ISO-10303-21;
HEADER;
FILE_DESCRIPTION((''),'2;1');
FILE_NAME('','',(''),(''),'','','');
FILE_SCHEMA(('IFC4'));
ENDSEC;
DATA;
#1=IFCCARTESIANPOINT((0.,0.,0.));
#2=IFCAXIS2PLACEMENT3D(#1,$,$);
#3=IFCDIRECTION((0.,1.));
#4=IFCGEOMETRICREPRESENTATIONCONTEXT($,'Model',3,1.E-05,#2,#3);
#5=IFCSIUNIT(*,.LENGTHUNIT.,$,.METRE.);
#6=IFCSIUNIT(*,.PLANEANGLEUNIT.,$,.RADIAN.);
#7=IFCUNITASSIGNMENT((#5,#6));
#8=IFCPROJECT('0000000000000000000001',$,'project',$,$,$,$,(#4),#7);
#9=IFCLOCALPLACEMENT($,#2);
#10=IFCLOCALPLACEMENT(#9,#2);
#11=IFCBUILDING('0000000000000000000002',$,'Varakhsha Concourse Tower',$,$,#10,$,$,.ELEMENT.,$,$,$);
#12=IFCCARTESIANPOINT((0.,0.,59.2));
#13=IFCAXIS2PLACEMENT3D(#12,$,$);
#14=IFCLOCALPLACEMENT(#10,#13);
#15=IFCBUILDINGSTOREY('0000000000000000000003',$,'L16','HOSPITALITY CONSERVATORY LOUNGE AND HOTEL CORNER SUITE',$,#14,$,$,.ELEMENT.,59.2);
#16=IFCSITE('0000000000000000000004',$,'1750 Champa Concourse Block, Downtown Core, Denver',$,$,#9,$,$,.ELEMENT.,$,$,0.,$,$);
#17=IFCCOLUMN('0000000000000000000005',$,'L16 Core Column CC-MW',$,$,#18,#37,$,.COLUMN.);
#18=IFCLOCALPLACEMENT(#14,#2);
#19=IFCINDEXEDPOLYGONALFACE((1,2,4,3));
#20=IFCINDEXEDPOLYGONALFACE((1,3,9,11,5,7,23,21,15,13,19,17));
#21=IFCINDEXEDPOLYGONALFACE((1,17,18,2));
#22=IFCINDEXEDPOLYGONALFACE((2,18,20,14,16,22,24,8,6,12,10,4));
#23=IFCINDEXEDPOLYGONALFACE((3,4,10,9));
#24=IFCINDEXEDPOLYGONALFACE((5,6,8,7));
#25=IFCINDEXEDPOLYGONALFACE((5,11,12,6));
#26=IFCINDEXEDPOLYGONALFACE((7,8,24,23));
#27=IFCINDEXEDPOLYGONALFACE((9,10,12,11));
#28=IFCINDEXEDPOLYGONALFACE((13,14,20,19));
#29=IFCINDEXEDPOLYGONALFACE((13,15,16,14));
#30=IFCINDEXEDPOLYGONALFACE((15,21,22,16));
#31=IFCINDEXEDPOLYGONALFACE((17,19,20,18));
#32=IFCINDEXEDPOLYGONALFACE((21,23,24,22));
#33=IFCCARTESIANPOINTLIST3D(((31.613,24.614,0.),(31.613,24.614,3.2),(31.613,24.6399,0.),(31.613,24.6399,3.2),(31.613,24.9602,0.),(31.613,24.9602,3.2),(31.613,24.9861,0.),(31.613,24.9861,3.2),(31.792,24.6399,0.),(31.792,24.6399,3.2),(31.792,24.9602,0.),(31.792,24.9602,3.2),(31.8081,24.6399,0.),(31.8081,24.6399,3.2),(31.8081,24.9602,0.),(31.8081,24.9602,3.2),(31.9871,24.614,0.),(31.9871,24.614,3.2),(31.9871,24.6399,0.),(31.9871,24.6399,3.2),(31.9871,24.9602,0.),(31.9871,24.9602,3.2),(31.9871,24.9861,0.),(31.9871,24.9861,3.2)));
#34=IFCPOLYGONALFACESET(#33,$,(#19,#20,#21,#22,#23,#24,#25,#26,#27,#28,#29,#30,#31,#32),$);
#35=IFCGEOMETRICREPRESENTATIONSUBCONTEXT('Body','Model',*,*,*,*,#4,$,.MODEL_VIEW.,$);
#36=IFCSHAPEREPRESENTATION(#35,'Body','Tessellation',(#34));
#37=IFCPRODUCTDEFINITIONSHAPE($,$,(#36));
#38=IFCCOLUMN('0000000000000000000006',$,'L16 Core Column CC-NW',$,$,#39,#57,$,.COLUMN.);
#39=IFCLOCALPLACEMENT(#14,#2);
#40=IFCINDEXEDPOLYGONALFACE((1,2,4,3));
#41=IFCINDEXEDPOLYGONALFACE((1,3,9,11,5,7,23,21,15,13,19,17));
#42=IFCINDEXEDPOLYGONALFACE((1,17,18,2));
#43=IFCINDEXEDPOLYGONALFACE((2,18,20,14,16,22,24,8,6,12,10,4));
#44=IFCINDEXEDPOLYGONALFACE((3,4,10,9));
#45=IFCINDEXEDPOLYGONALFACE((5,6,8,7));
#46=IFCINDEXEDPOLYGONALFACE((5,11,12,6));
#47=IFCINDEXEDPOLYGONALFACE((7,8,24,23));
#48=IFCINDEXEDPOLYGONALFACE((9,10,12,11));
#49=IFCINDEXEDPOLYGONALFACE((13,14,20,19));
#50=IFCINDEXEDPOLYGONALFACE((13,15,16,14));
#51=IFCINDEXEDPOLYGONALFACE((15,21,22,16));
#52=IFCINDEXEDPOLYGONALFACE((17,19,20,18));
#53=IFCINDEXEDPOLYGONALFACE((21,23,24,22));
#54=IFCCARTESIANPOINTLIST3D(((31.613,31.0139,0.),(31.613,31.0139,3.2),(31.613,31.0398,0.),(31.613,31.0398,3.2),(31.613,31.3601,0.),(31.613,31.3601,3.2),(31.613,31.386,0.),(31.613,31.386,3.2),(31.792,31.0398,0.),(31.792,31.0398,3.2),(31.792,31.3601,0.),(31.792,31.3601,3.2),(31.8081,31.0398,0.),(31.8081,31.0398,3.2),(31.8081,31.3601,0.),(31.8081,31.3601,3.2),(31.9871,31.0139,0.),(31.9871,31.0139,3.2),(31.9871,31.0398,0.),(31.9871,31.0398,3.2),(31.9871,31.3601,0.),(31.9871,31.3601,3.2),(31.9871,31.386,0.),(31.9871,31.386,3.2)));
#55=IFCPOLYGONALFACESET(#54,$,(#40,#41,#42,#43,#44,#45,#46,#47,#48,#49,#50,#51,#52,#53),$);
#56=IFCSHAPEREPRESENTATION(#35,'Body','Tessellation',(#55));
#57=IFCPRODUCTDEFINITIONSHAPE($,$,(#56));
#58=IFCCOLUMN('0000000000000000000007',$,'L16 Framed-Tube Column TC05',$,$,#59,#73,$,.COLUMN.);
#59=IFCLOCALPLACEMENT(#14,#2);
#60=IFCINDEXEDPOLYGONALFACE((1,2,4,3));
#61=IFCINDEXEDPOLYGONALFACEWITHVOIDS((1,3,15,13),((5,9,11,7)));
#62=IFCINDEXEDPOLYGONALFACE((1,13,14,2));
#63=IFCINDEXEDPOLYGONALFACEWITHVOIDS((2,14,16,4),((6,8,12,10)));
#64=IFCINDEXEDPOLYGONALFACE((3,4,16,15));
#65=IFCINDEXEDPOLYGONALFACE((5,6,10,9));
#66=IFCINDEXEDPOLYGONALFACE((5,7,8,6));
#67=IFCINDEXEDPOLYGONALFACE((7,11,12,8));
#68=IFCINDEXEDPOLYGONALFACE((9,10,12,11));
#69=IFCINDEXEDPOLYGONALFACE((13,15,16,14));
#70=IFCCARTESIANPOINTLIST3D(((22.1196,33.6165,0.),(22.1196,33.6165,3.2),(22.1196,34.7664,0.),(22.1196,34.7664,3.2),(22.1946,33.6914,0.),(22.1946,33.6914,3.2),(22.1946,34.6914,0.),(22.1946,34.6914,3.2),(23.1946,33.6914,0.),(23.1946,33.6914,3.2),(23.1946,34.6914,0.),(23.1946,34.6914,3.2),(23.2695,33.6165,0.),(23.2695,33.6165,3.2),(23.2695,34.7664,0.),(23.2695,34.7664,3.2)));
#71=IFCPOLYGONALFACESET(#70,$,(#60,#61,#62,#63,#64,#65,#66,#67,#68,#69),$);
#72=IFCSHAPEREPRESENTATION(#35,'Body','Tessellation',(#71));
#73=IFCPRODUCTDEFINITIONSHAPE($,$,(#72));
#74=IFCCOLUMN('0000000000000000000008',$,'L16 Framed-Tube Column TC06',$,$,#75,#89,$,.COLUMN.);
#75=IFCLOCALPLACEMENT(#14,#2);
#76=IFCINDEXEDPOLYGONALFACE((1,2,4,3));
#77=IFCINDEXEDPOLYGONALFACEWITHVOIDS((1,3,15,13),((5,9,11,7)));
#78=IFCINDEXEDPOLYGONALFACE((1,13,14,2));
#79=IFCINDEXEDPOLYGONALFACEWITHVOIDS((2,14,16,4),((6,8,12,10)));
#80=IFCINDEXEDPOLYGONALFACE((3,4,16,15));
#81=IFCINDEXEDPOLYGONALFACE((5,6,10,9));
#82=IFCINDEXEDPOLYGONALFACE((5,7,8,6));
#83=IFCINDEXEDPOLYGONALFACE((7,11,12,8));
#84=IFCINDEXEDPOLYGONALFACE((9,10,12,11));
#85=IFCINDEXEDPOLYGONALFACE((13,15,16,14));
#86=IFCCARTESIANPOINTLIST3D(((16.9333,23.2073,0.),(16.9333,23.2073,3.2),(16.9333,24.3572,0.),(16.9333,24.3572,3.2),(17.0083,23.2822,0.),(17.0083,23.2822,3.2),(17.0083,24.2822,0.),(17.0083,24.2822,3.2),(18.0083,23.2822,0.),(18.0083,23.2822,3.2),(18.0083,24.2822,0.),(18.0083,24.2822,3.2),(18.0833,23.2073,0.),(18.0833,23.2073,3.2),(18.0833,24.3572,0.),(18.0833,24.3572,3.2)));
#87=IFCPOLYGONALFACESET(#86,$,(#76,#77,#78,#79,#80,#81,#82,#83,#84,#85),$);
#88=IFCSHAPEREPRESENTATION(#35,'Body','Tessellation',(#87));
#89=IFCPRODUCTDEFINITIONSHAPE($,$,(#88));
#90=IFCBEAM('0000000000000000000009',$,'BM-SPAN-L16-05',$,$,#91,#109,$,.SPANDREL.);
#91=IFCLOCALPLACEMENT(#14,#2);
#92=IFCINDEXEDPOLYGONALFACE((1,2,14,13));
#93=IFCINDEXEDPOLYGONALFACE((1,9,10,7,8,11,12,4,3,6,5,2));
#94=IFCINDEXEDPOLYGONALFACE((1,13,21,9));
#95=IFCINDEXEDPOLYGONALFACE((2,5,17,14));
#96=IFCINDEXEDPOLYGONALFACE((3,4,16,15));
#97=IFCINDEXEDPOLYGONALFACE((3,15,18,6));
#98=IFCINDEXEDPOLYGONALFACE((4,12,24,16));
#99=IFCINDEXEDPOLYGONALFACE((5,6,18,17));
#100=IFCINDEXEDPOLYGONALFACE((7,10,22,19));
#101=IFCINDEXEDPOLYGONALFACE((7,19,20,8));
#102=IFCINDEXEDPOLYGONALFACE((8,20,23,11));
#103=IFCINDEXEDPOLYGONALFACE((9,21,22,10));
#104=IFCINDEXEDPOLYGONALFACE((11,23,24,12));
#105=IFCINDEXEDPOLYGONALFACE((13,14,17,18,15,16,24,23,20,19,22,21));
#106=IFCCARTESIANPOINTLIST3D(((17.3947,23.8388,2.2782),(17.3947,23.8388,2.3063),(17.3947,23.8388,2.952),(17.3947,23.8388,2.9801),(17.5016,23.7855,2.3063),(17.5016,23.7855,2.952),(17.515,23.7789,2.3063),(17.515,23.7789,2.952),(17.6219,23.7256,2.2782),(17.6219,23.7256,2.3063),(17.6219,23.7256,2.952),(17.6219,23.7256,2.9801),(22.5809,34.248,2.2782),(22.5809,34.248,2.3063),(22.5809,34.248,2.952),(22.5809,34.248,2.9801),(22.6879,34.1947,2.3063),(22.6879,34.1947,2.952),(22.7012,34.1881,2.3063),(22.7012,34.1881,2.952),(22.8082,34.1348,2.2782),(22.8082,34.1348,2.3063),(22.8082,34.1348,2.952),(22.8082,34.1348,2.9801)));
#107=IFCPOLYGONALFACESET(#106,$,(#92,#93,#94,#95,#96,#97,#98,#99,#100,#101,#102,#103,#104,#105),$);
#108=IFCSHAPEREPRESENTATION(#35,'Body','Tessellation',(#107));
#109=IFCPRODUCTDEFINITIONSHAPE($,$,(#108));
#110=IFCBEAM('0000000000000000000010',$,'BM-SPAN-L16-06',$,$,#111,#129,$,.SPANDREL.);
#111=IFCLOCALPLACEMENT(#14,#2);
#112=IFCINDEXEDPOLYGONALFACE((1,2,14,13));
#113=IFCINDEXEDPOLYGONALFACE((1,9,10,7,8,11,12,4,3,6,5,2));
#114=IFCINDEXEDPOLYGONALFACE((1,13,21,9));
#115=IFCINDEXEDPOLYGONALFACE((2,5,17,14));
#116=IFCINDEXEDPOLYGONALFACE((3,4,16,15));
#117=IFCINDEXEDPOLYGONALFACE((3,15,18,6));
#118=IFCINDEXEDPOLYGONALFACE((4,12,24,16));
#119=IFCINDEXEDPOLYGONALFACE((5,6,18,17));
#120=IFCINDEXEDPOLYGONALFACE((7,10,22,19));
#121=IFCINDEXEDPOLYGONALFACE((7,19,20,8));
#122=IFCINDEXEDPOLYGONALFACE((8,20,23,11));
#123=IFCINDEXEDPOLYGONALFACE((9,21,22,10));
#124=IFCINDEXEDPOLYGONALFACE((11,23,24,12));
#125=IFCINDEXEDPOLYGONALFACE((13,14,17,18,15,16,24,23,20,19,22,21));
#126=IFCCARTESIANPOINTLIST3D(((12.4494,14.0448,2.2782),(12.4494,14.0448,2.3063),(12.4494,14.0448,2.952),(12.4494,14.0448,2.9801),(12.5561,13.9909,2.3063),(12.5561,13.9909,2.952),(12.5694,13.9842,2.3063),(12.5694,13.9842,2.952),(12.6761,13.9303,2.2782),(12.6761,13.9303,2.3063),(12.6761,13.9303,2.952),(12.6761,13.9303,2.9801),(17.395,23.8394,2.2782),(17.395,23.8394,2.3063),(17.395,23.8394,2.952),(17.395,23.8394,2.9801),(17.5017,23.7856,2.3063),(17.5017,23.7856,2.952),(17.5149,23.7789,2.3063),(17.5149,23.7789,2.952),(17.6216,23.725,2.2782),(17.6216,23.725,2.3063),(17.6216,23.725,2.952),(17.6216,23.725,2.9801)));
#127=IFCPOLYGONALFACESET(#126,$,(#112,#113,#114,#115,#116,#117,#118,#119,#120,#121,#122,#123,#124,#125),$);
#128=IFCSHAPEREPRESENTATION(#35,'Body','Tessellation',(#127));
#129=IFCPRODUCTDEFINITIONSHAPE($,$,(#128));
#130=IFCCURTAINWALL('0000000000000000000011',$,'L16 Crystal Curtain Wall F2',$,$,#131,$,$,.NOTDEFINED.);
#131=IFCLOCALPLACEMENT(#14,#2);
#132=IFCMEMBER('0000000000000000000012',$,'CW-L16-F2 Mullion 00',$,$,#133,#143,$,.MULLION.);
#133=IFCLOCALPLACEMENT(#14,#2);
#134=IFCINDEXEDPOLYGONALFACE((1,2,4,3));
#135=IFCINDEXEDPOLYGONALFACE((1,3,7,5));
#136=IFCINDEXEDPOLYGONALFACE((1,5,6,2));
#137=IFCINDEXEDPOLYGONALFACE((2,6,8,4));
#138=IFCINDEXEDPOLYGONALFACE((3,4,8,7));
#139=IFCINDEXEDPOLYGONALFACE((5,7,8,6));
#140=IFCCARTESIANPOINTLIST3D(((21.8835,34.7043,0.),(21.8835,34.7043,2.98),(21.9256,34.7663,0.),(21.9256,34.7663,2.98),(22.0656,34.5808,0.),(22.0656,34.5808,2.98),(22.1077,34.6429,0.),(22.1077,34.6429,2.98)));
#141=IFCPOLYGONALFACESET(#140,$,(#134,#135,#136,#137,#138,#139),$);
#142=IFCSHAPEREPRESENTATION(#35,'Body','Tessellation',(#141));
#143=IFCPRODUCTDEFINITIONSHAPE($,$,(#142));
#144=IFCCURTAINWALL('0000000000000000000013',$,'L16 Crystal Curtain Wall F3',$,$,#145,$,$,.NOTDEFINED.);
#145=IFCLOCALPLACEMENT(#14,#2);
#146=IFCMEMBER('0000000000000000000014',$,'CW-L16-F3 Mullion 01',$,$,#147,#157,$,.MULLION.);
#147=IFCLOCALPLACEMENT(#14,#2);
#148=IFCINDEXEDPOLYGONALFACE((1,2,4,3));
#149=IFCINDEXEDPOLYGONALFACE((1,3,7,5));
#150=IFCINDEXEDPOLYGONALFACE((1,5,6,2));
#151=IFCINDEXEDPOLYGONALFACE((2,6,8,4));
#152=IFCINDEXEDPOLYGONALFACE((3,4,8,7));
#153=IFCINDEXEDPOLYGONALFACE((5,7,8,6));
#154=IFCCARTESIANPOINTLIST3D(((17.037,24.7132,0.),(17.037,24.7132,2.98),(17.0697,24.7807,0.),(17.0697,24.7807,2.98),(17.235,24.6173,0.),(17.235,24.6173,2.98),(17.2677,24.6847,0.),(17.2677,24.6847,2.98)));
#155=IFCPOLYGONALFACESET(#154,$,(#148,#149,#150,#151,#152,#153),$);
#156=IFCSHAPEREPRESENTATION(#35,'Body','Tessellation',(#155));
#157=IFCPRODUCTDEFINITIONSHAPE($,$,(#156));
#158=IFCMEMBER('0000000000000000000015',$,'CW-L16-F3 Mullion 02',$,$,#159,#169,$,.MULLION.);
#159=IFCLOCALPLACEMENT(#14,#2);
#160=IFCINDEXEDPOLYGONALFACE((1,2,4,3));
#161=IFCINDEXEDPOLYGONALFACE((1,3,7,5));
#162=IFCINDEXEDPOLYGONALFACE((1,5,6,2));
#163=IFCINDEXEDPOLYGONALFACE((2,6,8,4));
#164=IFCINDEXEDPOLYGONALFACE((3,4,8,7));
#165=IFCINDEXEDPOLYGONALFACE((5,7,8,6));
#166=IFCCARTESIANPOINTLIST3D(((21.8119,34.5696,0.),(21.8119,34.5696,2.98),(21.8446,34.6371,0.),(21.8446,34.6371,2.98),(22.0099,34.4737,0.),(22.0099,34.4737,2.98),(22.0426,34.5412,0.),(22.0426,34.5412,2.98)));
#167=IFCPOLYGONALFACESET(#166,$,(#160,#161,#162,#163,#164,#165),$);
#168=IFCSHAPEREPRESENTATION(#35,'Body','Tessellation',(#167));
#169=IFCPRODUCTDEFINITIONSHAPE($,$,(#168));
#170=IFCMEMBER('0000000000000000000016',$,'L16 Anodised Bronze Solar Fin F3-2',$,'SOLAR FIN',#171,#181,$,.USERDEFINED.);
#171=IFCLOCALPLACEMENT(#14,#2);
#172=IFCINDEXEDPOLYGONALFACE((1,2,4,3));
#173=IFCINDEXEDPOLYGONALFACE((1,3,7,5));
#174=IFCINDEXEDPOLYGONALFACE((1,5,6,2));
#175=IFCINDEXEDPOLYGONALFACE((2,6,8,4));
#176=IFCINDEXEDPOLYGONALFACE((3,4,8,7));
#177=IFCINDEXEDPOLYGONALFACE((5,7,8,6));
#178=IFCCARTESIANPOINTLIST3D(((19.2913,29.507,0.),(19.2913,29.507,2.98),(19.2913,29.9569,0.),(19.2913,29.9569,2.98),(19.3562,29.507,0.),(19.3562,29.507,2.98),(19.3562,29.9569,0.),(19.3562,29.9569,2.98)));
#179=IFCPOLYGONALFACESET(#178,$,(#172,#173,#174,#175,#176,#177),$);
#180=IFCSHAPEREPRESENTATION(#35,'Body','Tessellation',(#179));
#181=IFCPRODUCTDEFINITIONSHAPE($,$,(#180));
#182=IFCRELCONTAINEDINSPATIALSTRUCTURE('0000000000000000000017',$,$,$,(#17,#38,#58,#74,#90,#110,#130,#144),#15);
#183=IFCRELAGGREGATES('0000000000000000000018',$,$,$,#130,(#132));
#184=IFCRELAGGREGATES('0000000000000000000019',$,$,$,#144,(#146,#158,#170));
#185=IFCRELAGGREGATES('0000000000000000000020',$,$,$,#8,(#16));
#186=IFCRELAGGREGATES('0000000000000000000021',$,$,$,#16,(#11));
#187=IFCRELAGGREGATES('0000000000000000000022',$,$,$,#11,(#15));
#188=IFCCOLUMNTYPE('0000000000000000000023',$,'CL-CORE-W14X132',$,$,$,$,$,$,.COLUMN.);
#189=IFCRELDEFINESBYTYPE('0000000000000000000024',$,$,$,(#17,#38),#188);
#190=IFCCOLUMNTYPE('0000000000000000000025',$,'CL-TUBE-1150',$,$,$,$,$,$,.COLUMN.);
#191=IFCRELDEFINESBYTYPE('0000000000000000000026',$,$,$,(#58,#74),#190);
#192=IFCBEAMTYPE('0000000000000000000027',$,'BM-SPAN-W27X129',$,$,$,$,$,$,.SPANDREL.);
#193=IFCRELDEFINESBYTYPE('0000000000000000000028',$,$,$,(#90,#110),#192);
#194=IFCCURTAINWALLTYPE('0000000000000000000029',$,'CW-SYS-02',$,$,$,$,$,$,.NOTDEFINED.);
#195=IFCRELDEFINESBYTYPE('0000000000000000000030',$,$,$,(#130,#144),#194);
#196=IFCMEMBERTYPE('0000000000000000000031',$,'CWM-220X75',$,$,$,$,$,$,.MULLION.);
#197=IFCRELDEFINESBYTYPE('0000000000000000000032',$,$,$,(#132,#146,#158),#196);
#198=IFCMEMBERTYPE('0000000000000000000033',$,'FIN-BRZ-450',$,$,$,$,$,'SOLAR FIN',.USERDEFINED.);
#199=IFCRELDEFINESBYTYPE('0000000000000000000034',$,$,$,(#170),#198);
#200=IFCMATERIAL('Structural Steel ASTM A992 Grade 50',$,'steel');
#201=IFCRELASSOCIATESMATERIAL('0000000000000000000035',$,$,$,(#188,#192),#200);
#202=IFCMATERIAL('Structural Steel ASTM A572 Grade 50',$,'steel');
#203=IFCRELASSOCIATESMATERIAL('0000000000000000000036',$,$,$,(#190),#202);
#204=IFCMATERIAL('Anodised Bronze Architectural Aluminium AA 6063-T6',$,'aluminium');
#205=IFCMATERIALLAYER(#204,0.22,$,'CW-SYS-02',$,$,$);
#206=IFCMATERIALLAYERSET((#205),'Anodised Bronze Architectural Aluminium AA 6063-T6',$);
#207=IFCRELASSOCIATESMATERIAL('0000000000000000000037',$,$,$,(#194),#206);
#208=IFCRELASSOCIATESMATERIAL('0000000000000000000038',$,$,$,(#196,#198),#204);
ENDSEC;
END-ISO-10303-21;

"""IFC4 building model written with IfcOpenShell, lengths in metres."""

from ifc_helpers import new_model, si_unit, direction, frame, origin, origin_2d, place, context, subcontext, project, spatial, rectangle, hollow_rectangle, i_section, extrude, source, transform, mapped, material, layer, layer_set, material_profile, profile_set, type_object, type_shapes, element, aggregate, save


model = new_model("IFC4")

# Units and contexts
model_context = context("Model", 3, precision=1e-05, world=origin(), true_north=direction((0.0, 1.0)))
body_context = subcontext(model_context, "Body", "Model", "MODEL_VIEW")
ifc_project = project(units=[si_unit("LENGTHUNIT", "METRE"), si_unit("PLANEANGLEUNIT", "RADIAN")], contexts=[model_context])

# Site, building, storey
site_placement = place(None, origin())
site = spatial("IfcSite", under=ifc_project, at=site_placement, Name="1750 Champa Concourse Block, Downtown Core, Denver", CompositionType="ELEMENT", RefElevation=0.0)
building_placement = place(site_placement, origin())
building = spatial("IfcBuilding", under=site, at=building_placement, Name="Varakhsha Concourse Tower", CompositionType="ELEMENT")
storey_placement = place(building_placement, frame((0.0, 0.0, 59.2)))
storey = spatial("IfcBuildingStorey", under=building, at=storey_placement, Name="L16", Description="HOSPITALITY CONSERVATORY LOUNGE AND HOTEL CORNER SUITE", CompositionType="ELEMENT", Elevation=59.2)

# Columns
ifc_material_1 = material(Name="Structural Steel ASTM A992 Grade 50", Category="steel")
ifc_material_profile_1 = material_profile(ifc_material_1, i_section(OverallWidth=0.374, OverallDepth=0.3721, WebThickness=0.0161, FlangeThickness=0.0259, at=origin_2d()), Name="W14X132")
ifc_profile_set_1 = profile_set([ifc_material_profile_1], Name="Structural Steel ASTM A992 Grade 50")
column_type_1 = type_object("IfcColumnType", Name="CL-CORE-W14X132", PredefinedType="COLUMN", material=ifc_profile_set_1)
for number, where, z_axis, x_axis, name in (
    (1, (31.8, 24.8, 0.0), (0.0, 0.0, 1.0), (1.0, 0.0, 0.0), "L16 Core Column CC-MW"),
    (2, (31.8, 31.2, 0.0), (0.0, 0.0, 1.0), (1.0, 0.0, 0.0), "L16 Core Column CC-NW"),
):
    element("IfcColumn", number, at=place(storey_placement, frame(where, z_axis=z_axis, x_axis=x_axis)), inside=storey, type_object=column_type_1, Name=name, PredefinedType="COLUMN", context=body_context, shape_type="SweptSolid", body=[
        extrude(i_section(OverallWidth=0.374, OverallDepth=0.3721, WebThickness=0.0161, FlangeThickness=0.0259, at=origin_2d()), origin(), (0.0, 0.0, 1.0), 3.2),
    ])
ifc_material_2 = material(Name="Structural Steel ASTM A572 Grade 50", Category="steel")
ifc_material_profile_2 = material_profile(ifc_material_2, hollow_rectangle(XDim=1.1499, YDim=1.1499, WallThickness=0.075, at=origin_2d()), Name="BOX 1150x1150x75")
ifc_profile_set_2 = profile_set([ifc_material_profile_2], Name="Structural Steel ASTM A572 Grade 50")
column_type_2 = type_object("IfcColumnType", Name="CL-TUBE-1150", PredefinedType="COLUMN", material=ifc_profile_set_2)
for number, where, z_axis, x_axis, name in (
    (3, (22.6946, 34.1914, 0.0), (0.0, 0.0, 1.0), (1.0, 0.0, 0.0), "L16 Framed-Tube Column TC05"),
    (4, (17.5083, 23.7822, 0.0), (0.0, 0.0, 1.0), (1.0, 0.0, 0.0), "L16 Framed-Tube Column TC06"),
):
    element("IfcColumn", number, at=place(storey_placement, frame(where, z_axis=z_axis, x_axis=x_axis)), inside=storey, type_object=column_type_2, Name=name, PredefinedType="COLUMN", context=body_context, shape_type="SweptSolid", body=[
        extrude(hollow_rectangle(XDim=1.1499, YDim=1.1499, WallThickness=0.075, at=origin_2d()), origin(), (0.0, 0.0, 1.0), 3.2),
    ])

# Beams
ifc_material_profile_3 = material_profile(ifc_material_1, i_section(OverallWidth=0.2539, OverallDepth=0.7019, WebThickness=0.0149, FlangeThickness=0.0281, at=origin_2d()), Name="W27X129")
ifc_profile_set_3 = profile_set([ifc_material_profile_3], Name="Structural Steel ASTM A992 Grade 50")
beam_type = type_object("IfcBeamType", Name="BM-SPAN-W27X129", PredefinedType="SPANDREL", material=ifc_profile_set_3)
beam_1_placement = place(storey_placement, frame((22.6946, 34.1914, 2.6292), z_axis=(-0.445954, -0.895056, 0.0), x_axis=(0.895056, -0.445954, 0.0)))
element("IfcBeam", 5, at=beam_1_placement, inside=storey, type_object=beam_type, Name="BM-SPAN-L16-05", PredefinedType="SPANDREL", context=body_context, shape_type="SweptSolid", body=[
    extrude(i_section(OverallWidth=0.2539, OverallDepth=0.7019, WebThickness=0.0149, FlangeThickness=0.0281, at=origin_2d()), origin(), (0.0, 0.0, 1.0), 11.6296),
])
beam_2_placement = place(storey_placement, frame((17.5083, 23.7822, 2.6292), z_axis=(-0.450726, -0.892663, 0.0), x_axis=(0.892663, -0.450726, 0.0)))
element("IfcBeam", 6, at=beam_2_placement, inside=storey, type_object=beam_type, Name="BM-SPAN-L16-06", PredefinedType="SPANDREL", context=body_context, shape_type="SweptSolid", body=[
    extrude(i_section(OverallWidth=0.2539, OverallDepth=0.7019, WebThickness=0.0149, FlangeThickness=0.0281, at=origin_2d()), origin(), (0.0, 0.0, 1.0), 10.9724),
])

# Curtain wall, member
ifc_material_3 = material(Name="Anodised Bronze Architectural Aluminium AA 6063-T6", Category="aluminium")
ifc_layer_1 = layer(ifc_material_3, 0.22, Name="CW-SYS-02")
ifc_layer_set_1 = layer_set([ifc_layer_1], Name="Anodised Bronze Architectural Aluminium AA 6063-T6")
curtain_wall_type = type_object("IfcCurtainWallType", Name="CW-SYS-02", PredefinedType="NOTDEFINED", material=ifc_layer_set_1)
curtain_wall_1_placement = place(storey_placement, origin())
curtain_wall_1 = element("IfcCurtainWall", 7, at=curtain_wall_1_placement, inside=storey, type_object=curtain_wall_type, Name="L16 Crystal Curtain Wall F2", PredefinedType="NOTDEFINED")
ifc_material_profile_4 = material_profile(ifc_material_3, rectangle(XDim=0.075, YDim=0.22, at=origin_2d()), Name="CWM-220X75")
ifc_profile_set_4 = profile_set([ifc_material_profile_4], Name="Anodised Bronze Architectural Aluminium AA 6063-T6")
member_type_1 = type_object("IfcMemberType", Name="CWM-220X75", PredefinedType="MULLION", material=ifc_profile_set_4)
shared_shape_1 = source(origin(), body_context, "Body", "SweptSolid", [
    extrude(rectangle(XDim=0.075, YDim=0.22, at=origin_2d()), origin(), (0.0, 0.0, 1.0), 2.98),
])
type_shapes(member_type_1, [shared_shape_1])
member_1_placement = place(storey_placement, frame((21.9956, 34.6736, 0.0), z_axis=(0.0, 0.0, 1.0), x_axis=(0.561392, 0.82755, 0.0)))
member_1 = element("IfcMember", 8, at=member_1_placement, type_object=member_type_1, Name="CW-L16-F2 Mullion 00", PredefinedType="MULLION", context=body_context, shape_type="MappedRepresentation", body=[
    mapped(shared_shape_1, transform((0.0, 0.0, 0.0), scale=1.0)),
])

# Curtain wall, members
curtain_wall_2_placement = place(storey_placement, origin())
curtain_wall_2 = element("IfcCurtainWall", 9, at=curtain_wall_2_placement, inside=storey, type_object=curtain_wall_type, Name="L16 Crystal Curtain Wall F3", PredefinedType="NOTDEFINED")
member_2_placement = place(storey_placement, frame((17.1523, 24.699, 0.0), z_axis=(0.0, 0.0, 1.0), x_axis=(0.435982, 0.899955, 0.0)))
member_2 = element("IfcMember", 10, at=member_2_placement, type_object=member_type_1, Name="CW-L16-F3 Mullion 01", PredefinedType="MULLION", context=body_context, shape_type="MappedRepresentation", body=[
    mapped(shared_shape_1, transform((0.0, 0.0, 0.0), scale=1.0)),
])
member_3_placement = place(storey_placement, frame((21.9272, 34.5554, 0.0), z_axis=(0.0, 0.0, 1.0), x_axis=(0.435982, 0.899955, 0.0)))
member_3 = element("IfcMember", 11, at=member_3_placement, type_object=member_type_1, Name="CW-L16-F3 Mullion 02", PredefinedType="MULLION", context=body_context, shape_type="MappedRepresentation", body=[
    mapped(shared_shape_1, transform((0.0, 0.0, 0.0), scale=1.0)),
])
ifc_material_profile_5 = material_profile(ifc_material_3, rectangle(XDim=0.0649, YDim=0.45, at=origin_2d()), Name="FIN-BRZ-450")
ifc_profile_set_5 = profile_set([ifc_material_profile_5], Name="Anodised Bronze Architectural Aluminium AA 6063-T6")
member_type_2 = type_object("IfcMemberType", Name="FIN-BRZ-450", ElementType="SOLAR FIN", PredefinedType="USERDEFINED", material=ifc_profile_set_5)
shared_shape_2 = source(origin(), body_context, "Body", "SweptSolid", [
    extrude(rectangle(XDim=0.0649, YDim=0.45, at=origin_2d()), origin(), (0.0, 0.0, 1.0), 2.98),
])
type_shapes(member_type_2, [shared_shape_2])
member_4_placement = place(storey_placement, frame((19.3237, 29.7319, 0.0), z_axis=(0.0, 0.0, 1.0), x_axis=(1.0, 0.0, 0.0)))
member_4 = element("IfcMember", 12, at=member_4_placement, type_object=member_type_2, Name="L16 Anodised Bronze Solar Fin F3-2", ObjectType="SOLAR FIN", PredefinedType="USERDEFINED", context=body_context, shape_type="MappedRepresentation", body=[
    mapped(shared_shape_2, transform((0.0, 0.0, 0.0), scale=1.0)),
])

aggregate(curtain_wall_1, [member_1])

aggregate(curtain_wall_2, [member_2, member_3, member_4])

save(model, "model.ifc")
